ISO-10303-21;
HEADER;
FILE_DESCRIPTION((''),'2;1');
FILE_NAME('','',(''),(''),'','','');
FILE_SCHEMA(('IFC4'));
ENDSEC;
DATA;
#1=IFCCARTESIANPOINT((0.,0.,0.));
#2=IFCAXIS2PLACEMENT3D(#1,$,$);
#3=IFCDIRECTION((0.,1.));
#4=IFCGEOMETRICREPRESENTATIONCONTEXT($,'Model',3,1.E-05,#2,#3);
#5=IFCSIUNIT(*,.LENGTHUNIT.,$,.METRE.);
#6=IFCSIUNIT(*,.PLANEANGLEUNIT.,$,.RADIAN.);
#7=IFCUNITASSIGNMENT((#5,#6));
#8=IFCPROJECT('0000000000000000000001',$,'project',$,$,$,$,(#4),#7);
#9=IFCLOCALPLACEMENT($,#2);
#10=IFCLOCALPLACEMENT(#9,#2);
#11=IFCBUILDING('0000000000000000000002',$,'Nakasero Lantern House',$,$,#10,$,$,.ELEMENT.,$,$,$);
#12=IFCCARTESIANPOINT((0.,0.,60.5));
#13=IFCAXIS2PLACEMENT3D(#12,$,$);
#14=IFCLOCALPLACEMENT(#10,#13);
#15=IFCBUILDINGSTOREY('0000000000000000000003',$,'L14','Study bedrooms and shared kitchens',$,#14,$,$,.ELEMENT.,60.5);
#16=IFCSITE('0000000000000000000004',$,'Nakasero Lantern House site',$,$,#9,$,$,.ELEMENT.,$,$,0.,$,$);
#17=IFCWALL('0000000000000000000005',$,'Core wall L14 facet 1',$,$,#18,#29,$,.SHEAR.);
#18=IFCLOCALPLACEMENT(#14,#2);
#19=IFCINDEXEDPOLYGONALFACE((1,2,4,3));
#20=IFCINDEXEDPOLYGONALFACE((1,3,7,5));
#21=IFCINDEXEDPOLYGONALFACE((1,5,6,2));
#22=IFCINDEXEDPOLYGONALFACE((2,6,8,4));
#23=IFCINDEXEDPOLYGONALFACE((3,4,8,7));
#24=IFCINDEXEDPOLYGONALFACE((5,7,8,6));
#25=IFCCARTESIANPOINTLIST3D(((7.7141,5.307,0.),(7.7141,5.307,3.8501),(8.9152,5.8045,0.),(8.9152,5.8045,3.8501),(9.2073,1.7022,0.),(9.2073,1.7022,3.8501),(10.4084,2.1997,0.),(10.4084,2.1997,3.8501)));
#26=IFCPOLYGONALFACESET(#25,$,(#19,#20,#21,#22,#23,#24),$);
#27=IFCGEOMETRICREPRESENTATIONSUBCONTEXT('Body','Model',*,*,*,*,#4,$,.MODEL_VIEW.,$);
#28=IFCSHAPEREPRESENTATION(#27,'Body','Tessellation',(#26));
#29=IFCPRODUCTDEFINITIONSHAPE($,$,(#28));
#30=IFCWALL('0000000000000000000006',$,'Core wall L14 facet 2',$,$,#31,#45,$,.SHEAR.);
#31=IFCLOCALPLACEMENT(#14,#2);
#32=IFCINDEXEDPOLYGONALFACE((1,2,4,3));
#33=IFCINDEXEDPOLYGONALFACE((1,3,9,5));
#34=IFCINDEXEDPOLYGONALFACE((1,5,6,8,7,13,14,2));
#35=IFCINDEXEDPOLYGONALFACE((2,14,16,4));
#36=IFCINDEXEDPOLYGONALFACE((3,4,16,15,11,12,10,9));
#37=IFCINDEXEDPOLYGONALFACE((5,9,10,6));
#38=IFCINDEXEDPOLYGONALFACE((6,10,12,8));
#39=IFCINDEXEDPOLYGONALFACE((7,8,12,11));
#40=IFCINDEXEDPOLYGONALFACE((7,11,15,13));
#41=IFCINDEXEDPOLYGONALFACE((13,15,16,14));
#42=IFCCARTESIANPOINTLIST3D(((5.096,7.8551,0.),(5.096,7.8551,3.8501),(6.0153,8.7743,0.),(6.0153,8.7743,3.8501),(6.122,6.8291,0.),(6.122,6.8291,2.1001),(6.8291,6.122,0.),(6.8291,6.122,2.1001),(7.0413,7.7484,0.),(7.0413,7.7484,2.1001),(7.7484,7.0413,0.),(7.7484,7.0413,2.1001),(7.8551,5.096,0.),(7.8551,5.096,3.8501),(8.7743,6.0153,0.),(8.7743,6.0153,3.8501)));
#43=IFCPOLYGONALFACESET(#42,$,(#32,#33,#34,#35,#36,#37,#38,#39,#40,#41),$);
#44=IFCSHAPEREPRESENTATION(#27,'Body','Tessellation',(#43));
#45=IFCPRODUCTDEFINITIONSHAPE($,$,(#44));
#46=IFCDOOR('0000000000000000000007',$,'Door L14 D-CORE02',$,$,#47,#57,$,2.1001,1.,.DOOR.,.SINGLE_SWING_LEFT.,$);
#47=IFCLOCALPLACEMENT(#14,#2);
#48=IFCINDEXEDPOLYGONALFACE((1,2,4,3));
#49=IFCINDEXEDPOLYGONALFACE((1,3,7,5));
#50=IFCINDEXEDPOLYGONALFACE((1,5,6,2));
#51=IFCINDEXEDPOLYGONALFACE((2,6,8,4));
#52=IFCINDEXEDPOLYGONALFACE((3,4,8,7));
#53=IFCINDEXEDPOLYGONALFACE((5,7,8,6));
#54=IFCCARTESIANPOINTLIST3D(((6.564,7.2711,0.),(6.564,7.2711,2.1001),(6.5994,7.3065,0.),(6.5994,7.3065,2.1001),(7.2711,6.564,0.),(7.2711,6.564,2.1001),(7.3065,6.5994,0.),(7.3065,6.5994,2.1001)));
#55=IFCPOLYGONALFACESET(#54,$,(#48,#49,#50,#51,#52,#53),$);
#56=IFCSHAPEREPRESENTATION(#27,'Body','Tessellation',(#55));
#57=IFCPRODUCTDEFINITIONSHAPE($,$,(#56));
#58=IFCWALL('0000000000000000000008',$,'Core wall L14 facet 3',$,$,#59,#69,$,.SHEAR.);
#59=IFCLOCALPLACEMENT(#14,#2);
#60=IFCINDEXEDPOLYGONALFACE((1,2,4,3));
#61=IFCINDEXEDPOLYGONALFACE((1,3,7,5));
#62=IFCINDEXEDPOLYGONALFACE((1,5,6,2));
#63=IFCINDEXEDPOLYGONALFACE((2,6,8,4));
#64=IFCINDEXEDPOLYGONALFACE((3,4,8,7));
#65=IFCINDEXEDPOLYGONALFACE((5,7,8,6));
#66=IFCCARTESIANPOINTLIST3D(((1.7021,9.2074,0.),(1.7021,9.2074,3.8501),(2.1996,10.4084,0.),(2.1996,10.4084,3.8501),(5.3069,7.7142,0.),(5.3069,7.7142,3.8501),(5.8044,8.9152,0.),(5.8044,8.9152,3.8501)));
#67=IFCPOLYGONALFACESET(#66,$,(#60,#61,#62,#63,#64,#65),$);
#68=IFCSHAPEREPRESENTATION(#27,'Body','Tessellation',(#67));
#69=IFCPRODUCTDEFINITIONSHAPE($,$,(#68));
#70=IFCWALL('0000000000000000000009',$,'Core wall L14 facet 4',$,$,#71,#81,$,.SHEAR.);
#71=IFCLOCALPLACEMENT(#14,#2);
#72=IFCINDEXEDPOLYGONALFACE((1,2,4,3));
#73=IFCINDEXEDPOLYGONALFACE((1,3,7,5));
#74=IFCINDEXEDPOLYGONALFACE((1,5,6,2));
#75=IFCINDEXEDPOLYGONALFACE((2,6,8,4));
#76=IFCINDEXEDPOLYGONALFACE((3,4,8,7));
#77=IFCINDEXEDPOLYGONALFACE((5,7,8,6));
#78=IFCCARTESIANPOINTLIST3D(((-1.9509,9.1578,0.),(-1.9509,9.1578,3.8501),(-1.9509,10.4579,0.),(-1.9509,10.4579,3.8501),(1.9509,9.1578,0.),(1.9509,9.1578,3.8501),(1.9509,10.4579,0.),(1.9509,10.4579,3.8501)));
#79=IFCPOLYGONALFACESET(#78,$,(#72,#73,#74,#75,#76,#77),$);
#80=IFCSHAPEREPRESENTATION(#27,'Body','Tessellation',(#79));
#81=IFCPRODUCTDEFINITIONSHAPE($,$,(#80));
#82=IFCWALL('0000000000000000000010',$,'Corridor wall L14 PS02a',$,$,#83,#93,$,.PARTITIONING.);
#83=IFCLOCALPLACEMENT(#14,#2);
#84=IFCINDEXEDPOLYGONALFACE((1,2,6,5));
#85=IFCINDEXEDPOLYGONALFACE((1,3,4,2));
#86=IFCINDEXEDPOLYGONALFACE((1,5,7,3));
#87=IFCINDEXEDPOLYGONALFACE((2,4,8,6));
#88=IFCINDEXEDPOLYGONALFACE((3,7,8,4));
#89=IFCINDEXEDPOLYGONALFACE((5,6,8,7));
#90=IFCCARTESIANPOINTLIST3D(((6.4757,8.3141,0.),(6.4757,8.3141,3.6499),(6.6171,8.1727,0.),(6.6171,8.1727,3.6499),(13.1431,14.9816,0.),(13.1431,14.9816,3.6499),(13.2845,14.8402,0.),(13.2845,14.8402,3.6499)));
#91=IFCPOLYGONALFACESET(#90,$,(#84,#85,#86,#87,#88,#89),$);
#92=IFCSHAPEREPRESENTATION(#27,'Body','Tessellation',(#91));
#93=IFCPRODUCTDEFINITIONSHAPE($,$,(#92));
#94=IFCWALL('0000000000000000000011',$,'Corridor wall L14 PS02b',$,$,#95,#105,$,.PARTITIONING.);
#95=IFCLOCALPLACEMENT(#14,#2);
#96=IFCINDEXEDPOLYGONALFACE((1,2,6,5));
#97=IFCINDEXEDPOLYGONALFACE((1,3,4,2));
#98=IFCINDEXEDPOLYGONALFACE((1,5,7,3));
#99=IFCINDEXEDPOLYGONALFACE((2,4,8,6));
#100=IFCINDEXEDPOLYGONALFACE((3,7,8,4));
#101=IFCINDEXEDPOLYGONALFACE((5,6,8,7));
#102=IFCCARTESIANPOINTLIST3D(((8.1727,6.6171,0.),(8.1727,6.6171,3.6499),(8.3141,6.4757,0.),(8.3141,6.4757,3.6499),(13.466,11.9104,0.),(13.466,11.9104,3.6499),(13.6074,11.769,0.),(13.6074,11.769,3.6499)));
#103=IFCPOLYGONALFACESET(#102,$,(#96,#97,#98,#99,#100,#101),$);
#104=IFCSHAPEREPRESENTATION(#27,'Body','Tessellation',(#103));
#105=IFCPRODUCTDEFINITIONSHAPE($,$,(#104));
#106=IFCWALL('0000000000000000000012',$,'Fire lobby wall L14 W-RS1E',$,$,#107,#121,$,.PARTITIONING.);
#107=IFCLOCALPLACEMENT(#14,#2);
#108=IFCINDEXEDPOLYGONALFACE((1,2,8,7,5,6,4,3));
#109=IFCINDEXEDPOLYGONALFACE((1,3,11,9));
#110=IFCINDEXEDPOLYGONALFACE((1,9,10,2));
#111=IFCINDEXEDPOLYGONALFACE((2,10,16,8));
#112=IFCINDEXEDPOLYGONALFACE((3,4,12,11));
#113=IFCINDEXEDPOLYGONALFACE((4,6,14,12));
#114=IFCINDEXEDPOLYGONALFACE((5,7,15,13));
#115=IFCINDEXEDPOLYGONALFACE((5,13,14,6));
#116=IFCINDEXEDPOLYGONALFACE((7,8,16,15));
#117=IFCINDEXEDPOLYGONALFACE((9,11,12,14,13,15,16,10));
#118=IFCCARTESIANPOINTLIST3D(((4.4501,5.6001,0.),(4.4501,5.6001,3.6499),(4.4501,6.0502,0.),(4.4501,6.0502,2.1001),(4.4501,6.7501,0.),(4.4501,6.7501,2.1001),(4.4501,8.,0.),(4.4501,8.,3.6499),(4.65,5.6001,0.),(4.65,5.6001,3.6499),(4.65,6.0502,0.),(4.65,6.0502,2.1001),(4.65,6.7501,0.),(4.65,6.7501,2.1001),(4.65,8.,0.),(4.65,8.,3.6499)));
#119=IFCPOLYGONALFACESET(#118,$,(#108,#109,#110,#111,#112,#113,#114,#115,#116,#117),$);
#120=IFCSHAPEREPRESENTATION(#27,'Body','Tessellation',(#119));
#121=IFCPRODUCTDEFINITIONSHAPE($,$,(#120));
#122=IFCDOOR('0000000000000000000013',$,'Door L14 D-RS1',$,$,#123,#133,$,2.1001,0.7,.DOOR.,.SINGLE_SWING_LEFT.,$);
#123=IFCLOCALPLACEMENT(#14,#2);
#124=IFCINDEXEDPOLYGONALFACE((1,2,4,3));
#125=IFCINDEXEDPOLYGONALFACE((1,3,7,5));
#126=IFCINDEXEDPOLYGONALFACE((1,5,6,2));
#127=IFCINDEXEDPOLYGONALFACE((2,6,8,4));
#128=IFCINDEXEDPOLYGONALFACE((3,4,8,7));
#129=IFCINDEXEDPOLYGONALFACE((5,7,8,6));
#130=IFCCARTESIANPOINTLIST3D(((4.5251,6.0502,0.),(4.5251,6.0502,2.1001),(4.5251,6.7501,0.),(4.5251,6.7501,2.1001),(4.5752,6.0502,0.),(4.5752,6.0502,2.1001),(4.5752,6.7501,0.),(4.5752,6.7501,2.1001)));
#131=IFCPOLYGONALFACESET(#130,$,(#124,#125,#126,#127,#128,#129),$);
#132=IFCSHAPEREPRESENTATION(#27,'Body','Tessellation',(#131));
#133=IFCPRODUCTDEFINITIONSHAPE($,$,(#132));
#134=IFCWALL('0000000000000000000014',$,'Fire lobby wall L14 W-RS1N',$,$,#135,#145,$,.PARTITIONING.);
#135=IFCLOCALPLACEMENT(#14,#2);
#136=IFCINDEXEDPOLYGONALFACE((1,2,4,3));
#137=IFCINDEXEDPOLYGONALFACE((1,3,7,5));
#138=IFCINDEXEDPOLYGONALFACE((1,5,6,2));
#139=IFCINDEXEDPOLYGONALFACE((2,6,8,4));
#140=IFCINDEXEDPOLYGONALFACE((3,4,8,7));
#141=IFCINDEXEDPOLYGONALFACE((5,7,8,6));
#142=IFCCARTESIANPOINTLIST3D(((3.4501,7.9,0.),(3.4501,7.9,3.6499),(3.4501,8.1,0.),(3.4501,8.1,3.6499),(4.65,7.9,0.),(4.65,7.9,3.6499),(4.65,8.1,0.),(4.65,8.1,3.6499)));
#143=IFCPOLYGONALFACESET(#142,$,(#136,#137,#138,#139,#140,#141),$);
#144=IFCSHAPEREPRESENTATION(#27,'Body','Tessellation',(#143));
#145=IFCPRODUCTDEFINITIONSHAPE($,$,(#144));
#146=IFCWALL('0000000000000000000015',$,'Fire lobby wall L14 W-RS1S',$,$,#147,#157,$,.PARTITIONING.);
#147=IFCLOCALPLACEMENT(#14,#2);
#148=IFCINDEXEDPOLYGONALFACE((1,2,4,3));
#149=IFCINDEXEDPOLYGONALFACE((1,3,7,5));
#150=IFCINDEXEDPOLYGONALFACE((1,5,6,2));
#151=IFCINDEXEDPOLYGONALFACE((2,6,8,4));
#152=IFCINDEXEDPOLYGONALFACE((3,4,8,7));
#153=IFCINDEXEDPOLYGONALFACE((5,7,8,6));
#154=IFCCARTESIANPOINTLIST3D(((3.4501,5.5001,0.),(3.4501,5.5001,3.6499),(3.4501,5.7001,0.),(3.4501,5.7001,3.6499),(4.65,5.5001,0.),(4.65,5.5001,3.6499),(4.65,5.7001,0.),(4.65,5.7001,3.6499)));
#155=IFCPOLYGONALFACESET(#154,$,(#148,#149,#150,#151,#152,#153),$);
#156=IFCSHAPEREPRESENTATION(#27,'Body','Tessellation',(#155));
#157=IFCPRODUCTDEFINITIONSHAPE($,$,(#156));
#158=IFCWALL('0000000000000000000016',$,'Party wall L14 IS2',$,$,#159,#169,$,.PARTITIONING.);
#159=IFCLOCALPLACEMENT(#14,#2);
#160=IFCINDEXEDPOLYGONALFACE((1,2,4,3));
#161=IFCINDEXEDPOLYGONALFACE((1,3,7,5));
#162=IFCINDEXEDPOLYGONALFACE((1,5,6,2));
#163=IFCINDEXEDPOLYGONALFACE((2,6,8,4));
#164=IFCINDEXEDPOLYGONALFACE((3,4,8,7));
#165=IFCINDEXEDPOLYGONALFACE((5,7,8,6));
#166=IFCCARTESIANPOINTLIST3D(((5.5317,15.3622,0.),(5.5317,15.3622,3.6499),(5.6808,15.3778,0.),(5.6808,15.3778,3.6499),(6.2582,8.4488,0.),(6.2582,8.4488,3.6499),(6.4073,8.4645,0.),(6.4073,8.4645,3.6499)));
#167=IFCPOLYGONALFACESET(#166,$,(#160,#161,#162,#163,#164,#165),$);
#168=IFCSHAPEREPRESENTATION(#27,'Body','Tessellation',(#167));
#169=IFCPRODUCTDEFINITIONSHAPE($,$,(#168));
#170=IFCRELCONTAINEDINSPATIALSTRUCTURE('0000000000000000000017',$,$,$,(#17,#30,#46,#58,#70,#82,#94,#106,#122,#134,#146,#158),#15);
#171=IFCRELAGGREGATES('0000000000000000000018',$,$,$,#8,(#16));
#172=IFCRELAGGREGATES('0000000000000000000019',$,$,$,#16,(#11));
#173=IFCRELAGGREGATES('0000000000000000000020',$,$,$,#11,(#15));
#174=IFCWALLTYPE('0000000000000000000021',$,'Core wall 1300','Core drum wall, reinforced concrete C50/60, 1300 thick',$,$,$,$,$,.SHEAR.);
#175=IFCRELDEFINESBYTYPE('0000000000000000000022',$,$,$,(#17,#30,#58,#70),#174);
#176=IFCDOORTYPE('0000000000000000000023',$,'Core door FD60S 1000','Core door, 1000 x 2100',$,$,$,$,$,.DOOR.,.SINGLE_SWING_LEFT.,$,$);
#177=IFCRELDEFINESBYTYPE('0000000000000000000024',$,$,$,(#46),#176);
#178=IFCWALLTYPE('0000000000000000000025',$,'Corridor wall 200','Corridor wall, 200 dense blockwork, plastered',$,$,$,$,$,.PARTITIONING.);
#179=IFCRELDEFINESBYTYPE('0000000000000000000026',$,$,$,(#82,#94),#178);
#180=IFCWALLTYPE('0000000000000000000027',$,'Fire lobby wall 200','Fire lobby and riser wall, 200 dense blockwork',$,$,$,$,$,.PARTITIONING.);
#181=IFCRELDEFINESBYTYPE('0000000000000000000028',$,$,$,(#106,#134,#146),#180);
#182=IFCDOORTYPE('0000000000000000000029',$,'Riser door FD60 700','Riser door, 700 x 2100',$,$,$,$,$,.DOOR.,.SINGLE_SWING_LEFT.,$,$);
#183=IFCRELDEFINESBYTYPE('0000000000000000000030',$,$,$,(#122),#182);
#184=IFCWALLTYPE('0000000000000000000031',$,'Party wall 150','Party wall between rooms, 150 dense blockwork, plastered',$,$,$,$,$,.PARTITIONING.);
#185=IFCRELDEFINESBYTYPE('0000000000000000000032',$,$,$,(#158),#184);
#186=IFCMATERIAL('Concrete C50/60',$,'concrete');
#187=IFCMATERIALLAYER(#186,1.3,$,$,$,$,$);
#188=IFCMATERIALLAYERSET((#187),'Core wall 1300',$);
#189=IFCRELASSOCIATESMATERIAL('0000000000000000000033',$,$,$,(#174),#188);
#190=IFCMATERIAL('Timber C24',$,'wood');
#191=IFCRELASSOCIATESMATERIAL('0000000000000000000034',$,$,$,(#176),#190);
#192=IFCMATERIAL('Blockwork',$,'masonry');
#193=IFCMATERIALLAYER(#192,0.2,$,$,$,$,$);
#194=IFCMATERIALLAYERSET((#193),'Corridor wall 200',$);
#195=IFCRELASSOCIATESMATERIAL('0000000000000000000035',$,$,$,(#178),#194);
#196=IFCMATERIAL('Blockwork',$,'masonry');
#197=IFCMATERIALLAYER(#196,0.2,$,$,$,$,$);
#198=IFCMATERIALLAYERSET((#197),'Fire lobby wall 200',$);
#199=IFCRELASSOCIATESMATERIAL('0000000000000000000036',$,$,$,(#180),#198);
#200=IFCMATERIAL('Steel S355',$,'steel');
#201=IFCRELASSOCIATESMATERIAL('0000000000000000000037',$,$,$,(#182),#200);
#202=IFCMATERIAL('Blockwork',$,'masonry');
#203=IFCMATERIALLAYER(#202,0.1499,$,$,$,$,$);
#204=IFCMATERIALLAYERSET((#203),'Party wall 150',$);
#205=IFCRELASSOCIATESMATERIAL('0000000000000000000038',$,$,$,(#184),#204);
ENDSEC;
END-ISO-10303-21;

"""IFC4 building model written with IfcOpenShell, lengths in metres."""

from ifc_helpers import new_model, si_unit, direction, frame, frame_2d, origin, place, context, subcontext, project, spatial, rectangle, extrude, material, layer, layer_set, type_object, element, fill, save


model = new_model("IFC4")

# Units and contexts
model_context = context("Model", 3, precision=1e-05, world=origin(), true_north=direction((0.0, 1.0)))
body_context = subcontext(model_context, "Body", "Model", "MODEL_VIEW")
ifc_project = project(units=[si_unit("LENGTHUNIT", "METRE"), si_unit("PLANEANGLEUNIT", "RADIAN")], contexts=[model_context])

# Site, building, storey
site_placement = place(None, origin())
site = spatial("IfcSite", under=ifc_project, at=site_placement, Name="Nakasero Lantern House site", CompositionType="ELEMENT", RefElevation=0.0)
building_placement = place(site_placement, origin())
building = spatial("IfcBuilding", under=site, at=building_placement, Name="Nakasero Lantern House", CompositionType="ELEMENT")
storey_placement = place(building_placement, frame((0.0, 0.0, 60.5)))
storey = spatial("IfcBuildingStorey", under=building, at=storey_placement, Name="L14", Description="Study bedrooms and shared kitchens", CompositionType="ELEMENT", Elevation=60.5)

# Wall
ifc_material_1 = material(Name="Concrete C50/60", Category="concrete")
ifc_layer_1 = layer(ifc_material_1, 1.3)
ifc_layer_set_1 = layer_set([ifc_layer_1], Name="Core wall 1300")
wall_type_1 = type_object("IfcWallType", Name="Core wall 1300", Description="Core drum wall, reinforced concrete C50/60, 1300 thick", PredefinedType="SHEAR", material=ifc_layer_set_1)
wall_1_placement = place(storey_placement, frame((9.8079, 1.9509, 0.0), z_axis=(0.0, 0.0, 1.0), x_axis=(-0.382691, 0.923877, 0.0)))
element("IfcWall", 1, at=wall_1_placement, inside=storey, type_object=wall_type_1, Name="Core wall L14 facet 1", PredefinedType="SHEAR", context=body_context, shape_type="SweptSolid", body=[
    extrude(rectangle(XDim=3.9019, YDim=1.3, at=frame_2d((1.9509, 0.0))), origin(), (0.0, 0.0, 1.0), 3.8501),
])

# Wall, opening, door
wall_2_placement = place(storey_placement, frame((8.3147, 5.5557, 0.0), z_axis=(0.0, 0.0, 1.0), x_axis=(-0.707107, 0.707107, 0.0)))
wall_2 = element("IfcWall", 2, at=wall_2_placement, inside=storey, type_object=wall_type_1, Name="Core wall L14 facet 2", PredefinedType="SHEAR", context=body_context, shape_type="SweptSolid", body=[
    extrude(rectangle(XDim=3.9019, YDim=1.3, at=frame_2d((1.9509, 0.0))), origin(), (0.0, 0.0, 1.0), 3.8501),
])
opening_1_placement = place(wall_2_placement, frame((1.4509, 0.0, 0.0)))
opening_1 = element("IfcOpeningElement", 3, at=opening_1_placement, cuts=wall_2, PredefinedType="OPENING", context=body_context, shape_type="SweptSolid", body=[
    extrude(rectangle(XDim=1.0, YDim=2.1001, at=frame_2d((0.5, 1.05))), frame((0.0, 0.6699, 0.0), z_axis=(0.0, -1.0, 0.0), x_axis=(1.0, 0.0, 0.0)), (0.0, 0.0, 1.0), 1.3401),
])
ifc_material_2 = material(Name="Timber C24", Category="wood")
door_type_1 = type_object("IfcDoorType", Name="Core door FD60S 1000", Description="Core door, 1000 x 2100", OperationType="SINGLE_SWING_LEFT", PredefinedType="DOOR", material=ifc_material_2)
door_1_placement = place(opening_1_placement, origin())
door_1 = element("IfcDoor", 4, at=door_1_placement, inside=storey, type_object=door_type_1, Name="Door L14 D-CORE02", OperationType="SINGLE_SWING_LEFT", OverallHeight=2.1001, OverallWidth=1.0, PredefinedType="DOOR", context=body_context, shape_type="SweptSolid", body=[
    extrude(rectangle(XDim=1.0, YDim=2.1001, at=frame_2d((0.5, 1.05))), frame((0.0, 0.0249, 0.0), z_axis=(0.0, -1.0, 0.0), x_axis=(1.0, 0.0, 0.0)), (0.0, 0.0, 1.0), 0.05),
])
fill(opening_1, door_1)

# Walls
for number, where, z_axis, x_axis, name in (
    (5, (5.5557, 8.3147, 0.0), (0.0, 0.0, 1.0), (-0.923877, 0.382691, 0.0), "Core wall L14 facet 3"),
    (6, (1.9509, 9.8079, 0.0), (0.0, 0.0, 1.0), (-1.0, 0.0, 0.0), "Core wall L14 facet 4"),
):
    element("IfcWall", number, at=place(storey_placement, frame(where, z_axis=z_axis, x_axis=x_axis)), inside=storey, type_object=wall_type_1, Name=name, PredefinedType="SHEAR", context=body_context, shape_type="SweptSolid", body=[
        extrude(rectangle(XDim=3.9019, YDim=1.3, at=frame_2d((1.9509, 0.0))), origin(), (0.0, 0.0, 1.0), 3.8501),
    ])
ifc_material_3 = material(Name="Blockwork", Category="masonry")
ifc_layer_2 = layer(ifc_material_3, 0.2)
ifc_layer_set_2 = layer_set([ifc_layer_2], Name="Corridor wall 200")
wall_type_2 = type_object("IfcWallType", Name="Corridor wall 200", Description="Corridor wall, 200 dense blockwork, plastered", PredefinedType="PARTITIONING", material=ifc_layer_set_2)
wall_3_placement = place(storey_placement, frame((6.5464, 8.2434, 0.0), z_axis=(0.0, 0.0, 1.0), x_axis=(0.707107, 0.707107, 0.0)))
element("IfcWall", 7, at=wall_3_placement, inside=storey, type_object=wall_type_2, Name="Corridor wall L14 PS02a", PredefinedType="PARTITIONING", context=body_context, shape_type="SweptSolid", body=[
    extrude(rectangle(XDim=9.4292, YDim=0.2, at=frame_2d((4.7146, 0.0))), origin(), (0.0, 0.0, 1.0), 3.6499),
])
wall_4_placement = place(storey_placement, frame((8.2434, 6.5464, 0.0), z_axis=(0.0, 0.0, 1.0), x_axis=(0.707107, 0.707107, 0.0)))
element("IfcWall", 8, at=wall_4_placement, inside=storey, type_object=wall_type_2, Name="Corridor wall L14 PS02b", PredefinedType="PARTITIONING", context=body_context, shape_type="SweptSolid", body=[
    extrude(rectangle(XDim=7.4858, YDim=0.2, at=frame_2d((3.7429, 0.0))), origin(), (0.0, 0.0, 1.0), 3.6499),
])

# Wall, opening, door
ifc_material_4 = material(Name="Blockwork", Category="masonry")
ifc_layer_3 = layer(ifc_material_4, 0.2)
ifc_layer_set_3 = layer_set([ifc_layer_3], Name="Fire lobby wall 200")
wall_type_3 = type_object("IfcWallType", Name="Fire lobby wall 200", Description="Fire lobby and riser wall, 200 dense blockwork", PredefinedType="PARTITIONING", material=ifc_layer_set_3)
wall_5_placement = place(storey_placement, frame((4.55, 5.6001, 0.0), z_axis=(0.0, 0.0, 1.0), x_axis=(0.0, 1.0, 0.0)))
wall_5 = element("IfcWall", 9, at=wall_5_placement, inside=storey, type_object=wall_type_3, Name="Fire lobby wall L14 W-RS1E", PredefinedType="PARTITIONING", context=body_context, shape_type="SweptSolid", body=[
    extrude(rectangle(XDim=2.3999, YDim=0.2, at=frame_2d((1.2, 0.0))), origin(), (0.0, 0.0, 1.0), 3.6499),
])
opening_2_placement = place(wall_5_placement, frame((0.45, 0.0, 0.0)))
opening_2 = element("IfcOpeningElement", 10, at=opening_2_placement, cuts=wall_5, PredefinedType="OPENING", context=body_context, shape_type="SweptSolid", body=[
    extrude(rectangle(XDim=0.7, YDim=2.1001, at=frame_2d((0.3501, 1.05))), frame((0.0, 0.1199, 0.0), z_axis=(0.0, -1.0, 0.0), x_axis=(1.0, 0.0, 0.0)), (0.0, 0.0, 1.0), 0.24),
])
ifc_material_5 = material(Name="Steel S355", Category="steel")
door_type_2 = type_object("IfcDoorType", Name="Riser door FD60 700", Description="Riser door, 700 x 2100", OperationType="SINGLE_SWING_LEFT", PredefinedType="DOOR", material=ifc_material_5)
door_2_placement = place(opening_2_placement, origin())
door_2 = element("IfcDoor", 11, at=door_2_placement, inside=storey, type_object=door_type_2, Name="Door L14 D-RS1", OperationType="SINGLE_SWING_LEFT", OverallHeight=2.1001, OverallWidth=0.7, PredefinedType="DOOR", context=body_context, shape_type="SweptSolid", body=[
    extrude(rectangle(XDim=0.7, YDim=2.1001, at=frame_2d((0.3501, 1.05))), frame((0.0, 0.0249, 0.0), z_axis=(0.0, -1.0, 0.0), x_axis=(1.0, 0.0, 0.0)), (0.0, 0.0, 1.0), 0.05),
])
fill(opening_2, door_2)

# Walls
for number, where, z_axis, x_axis, name in (
    (12, (3.45, 8.0, 0.0), (0.0, 0.0, 1.0), (1.0, 0.0, 0.0), "Fire lobby wall L14 W-RS1N"),
    (13, (3.45, 5.6001, 0.0), (0.0, 0.0, 1.0), (1.0, 0.0, 0.0), "Fire lobby wall L14 W-RS1S"),
):
    element("IfcWall", number, at=place(storey_placement, frame(where, z_axis=z_axis, x_axis=x_axis)), inside=storey, type_object=wall_type_3, Name=name, PredefinedType="PARTITIONING", context=body_context, shape_type="SweptSolid", body=[
        extrude(rectangle(XDim=1.2, YDim=0.2, at=frame_2d((0.6001, 0.0))), origin(), (0.0, 0.0, 1.0), 3.6499),
    ])
ifc_material_6 = material(Name="Blockwork", Category="masonry")
ifc_layer_4 = layer(ifc_material_6, 0.1499)
ifc_layer_set_4 = layer_set([ifc_layer_4], Name="Party wall 150")
wall_type_4 = type_object("IfcWallType", Name="Party wall 150", Description="Party wall between rooms, 150 dense blockwork, plastered", PredefinedType="PARTITIONING", material=ifc_layer_set_4)
wall_6_placement = place(storey_placement, frame((6.3328, 8.4568, 0.0), z_axis=(0.0, 0.0, 1.0), x_axis=(-0.10452, 0.994523, 0.0)))
element("IfcWall", 14, at=wall_6_placement, inside=storey, type_object=wall_type_4, Name="Party wall L14 IS2", PredefinedType="PARTITIONING", context=body_context, shape_type="SweptSolid", body=[
    extrude(rectangle(XDim=6.9514, YDim=0.1499, at=frame_2d((3.4756, 0.0))), origin(), (0.0, 0.0, 1.0), 3.6499),
])

save(model, "model.ifc")
